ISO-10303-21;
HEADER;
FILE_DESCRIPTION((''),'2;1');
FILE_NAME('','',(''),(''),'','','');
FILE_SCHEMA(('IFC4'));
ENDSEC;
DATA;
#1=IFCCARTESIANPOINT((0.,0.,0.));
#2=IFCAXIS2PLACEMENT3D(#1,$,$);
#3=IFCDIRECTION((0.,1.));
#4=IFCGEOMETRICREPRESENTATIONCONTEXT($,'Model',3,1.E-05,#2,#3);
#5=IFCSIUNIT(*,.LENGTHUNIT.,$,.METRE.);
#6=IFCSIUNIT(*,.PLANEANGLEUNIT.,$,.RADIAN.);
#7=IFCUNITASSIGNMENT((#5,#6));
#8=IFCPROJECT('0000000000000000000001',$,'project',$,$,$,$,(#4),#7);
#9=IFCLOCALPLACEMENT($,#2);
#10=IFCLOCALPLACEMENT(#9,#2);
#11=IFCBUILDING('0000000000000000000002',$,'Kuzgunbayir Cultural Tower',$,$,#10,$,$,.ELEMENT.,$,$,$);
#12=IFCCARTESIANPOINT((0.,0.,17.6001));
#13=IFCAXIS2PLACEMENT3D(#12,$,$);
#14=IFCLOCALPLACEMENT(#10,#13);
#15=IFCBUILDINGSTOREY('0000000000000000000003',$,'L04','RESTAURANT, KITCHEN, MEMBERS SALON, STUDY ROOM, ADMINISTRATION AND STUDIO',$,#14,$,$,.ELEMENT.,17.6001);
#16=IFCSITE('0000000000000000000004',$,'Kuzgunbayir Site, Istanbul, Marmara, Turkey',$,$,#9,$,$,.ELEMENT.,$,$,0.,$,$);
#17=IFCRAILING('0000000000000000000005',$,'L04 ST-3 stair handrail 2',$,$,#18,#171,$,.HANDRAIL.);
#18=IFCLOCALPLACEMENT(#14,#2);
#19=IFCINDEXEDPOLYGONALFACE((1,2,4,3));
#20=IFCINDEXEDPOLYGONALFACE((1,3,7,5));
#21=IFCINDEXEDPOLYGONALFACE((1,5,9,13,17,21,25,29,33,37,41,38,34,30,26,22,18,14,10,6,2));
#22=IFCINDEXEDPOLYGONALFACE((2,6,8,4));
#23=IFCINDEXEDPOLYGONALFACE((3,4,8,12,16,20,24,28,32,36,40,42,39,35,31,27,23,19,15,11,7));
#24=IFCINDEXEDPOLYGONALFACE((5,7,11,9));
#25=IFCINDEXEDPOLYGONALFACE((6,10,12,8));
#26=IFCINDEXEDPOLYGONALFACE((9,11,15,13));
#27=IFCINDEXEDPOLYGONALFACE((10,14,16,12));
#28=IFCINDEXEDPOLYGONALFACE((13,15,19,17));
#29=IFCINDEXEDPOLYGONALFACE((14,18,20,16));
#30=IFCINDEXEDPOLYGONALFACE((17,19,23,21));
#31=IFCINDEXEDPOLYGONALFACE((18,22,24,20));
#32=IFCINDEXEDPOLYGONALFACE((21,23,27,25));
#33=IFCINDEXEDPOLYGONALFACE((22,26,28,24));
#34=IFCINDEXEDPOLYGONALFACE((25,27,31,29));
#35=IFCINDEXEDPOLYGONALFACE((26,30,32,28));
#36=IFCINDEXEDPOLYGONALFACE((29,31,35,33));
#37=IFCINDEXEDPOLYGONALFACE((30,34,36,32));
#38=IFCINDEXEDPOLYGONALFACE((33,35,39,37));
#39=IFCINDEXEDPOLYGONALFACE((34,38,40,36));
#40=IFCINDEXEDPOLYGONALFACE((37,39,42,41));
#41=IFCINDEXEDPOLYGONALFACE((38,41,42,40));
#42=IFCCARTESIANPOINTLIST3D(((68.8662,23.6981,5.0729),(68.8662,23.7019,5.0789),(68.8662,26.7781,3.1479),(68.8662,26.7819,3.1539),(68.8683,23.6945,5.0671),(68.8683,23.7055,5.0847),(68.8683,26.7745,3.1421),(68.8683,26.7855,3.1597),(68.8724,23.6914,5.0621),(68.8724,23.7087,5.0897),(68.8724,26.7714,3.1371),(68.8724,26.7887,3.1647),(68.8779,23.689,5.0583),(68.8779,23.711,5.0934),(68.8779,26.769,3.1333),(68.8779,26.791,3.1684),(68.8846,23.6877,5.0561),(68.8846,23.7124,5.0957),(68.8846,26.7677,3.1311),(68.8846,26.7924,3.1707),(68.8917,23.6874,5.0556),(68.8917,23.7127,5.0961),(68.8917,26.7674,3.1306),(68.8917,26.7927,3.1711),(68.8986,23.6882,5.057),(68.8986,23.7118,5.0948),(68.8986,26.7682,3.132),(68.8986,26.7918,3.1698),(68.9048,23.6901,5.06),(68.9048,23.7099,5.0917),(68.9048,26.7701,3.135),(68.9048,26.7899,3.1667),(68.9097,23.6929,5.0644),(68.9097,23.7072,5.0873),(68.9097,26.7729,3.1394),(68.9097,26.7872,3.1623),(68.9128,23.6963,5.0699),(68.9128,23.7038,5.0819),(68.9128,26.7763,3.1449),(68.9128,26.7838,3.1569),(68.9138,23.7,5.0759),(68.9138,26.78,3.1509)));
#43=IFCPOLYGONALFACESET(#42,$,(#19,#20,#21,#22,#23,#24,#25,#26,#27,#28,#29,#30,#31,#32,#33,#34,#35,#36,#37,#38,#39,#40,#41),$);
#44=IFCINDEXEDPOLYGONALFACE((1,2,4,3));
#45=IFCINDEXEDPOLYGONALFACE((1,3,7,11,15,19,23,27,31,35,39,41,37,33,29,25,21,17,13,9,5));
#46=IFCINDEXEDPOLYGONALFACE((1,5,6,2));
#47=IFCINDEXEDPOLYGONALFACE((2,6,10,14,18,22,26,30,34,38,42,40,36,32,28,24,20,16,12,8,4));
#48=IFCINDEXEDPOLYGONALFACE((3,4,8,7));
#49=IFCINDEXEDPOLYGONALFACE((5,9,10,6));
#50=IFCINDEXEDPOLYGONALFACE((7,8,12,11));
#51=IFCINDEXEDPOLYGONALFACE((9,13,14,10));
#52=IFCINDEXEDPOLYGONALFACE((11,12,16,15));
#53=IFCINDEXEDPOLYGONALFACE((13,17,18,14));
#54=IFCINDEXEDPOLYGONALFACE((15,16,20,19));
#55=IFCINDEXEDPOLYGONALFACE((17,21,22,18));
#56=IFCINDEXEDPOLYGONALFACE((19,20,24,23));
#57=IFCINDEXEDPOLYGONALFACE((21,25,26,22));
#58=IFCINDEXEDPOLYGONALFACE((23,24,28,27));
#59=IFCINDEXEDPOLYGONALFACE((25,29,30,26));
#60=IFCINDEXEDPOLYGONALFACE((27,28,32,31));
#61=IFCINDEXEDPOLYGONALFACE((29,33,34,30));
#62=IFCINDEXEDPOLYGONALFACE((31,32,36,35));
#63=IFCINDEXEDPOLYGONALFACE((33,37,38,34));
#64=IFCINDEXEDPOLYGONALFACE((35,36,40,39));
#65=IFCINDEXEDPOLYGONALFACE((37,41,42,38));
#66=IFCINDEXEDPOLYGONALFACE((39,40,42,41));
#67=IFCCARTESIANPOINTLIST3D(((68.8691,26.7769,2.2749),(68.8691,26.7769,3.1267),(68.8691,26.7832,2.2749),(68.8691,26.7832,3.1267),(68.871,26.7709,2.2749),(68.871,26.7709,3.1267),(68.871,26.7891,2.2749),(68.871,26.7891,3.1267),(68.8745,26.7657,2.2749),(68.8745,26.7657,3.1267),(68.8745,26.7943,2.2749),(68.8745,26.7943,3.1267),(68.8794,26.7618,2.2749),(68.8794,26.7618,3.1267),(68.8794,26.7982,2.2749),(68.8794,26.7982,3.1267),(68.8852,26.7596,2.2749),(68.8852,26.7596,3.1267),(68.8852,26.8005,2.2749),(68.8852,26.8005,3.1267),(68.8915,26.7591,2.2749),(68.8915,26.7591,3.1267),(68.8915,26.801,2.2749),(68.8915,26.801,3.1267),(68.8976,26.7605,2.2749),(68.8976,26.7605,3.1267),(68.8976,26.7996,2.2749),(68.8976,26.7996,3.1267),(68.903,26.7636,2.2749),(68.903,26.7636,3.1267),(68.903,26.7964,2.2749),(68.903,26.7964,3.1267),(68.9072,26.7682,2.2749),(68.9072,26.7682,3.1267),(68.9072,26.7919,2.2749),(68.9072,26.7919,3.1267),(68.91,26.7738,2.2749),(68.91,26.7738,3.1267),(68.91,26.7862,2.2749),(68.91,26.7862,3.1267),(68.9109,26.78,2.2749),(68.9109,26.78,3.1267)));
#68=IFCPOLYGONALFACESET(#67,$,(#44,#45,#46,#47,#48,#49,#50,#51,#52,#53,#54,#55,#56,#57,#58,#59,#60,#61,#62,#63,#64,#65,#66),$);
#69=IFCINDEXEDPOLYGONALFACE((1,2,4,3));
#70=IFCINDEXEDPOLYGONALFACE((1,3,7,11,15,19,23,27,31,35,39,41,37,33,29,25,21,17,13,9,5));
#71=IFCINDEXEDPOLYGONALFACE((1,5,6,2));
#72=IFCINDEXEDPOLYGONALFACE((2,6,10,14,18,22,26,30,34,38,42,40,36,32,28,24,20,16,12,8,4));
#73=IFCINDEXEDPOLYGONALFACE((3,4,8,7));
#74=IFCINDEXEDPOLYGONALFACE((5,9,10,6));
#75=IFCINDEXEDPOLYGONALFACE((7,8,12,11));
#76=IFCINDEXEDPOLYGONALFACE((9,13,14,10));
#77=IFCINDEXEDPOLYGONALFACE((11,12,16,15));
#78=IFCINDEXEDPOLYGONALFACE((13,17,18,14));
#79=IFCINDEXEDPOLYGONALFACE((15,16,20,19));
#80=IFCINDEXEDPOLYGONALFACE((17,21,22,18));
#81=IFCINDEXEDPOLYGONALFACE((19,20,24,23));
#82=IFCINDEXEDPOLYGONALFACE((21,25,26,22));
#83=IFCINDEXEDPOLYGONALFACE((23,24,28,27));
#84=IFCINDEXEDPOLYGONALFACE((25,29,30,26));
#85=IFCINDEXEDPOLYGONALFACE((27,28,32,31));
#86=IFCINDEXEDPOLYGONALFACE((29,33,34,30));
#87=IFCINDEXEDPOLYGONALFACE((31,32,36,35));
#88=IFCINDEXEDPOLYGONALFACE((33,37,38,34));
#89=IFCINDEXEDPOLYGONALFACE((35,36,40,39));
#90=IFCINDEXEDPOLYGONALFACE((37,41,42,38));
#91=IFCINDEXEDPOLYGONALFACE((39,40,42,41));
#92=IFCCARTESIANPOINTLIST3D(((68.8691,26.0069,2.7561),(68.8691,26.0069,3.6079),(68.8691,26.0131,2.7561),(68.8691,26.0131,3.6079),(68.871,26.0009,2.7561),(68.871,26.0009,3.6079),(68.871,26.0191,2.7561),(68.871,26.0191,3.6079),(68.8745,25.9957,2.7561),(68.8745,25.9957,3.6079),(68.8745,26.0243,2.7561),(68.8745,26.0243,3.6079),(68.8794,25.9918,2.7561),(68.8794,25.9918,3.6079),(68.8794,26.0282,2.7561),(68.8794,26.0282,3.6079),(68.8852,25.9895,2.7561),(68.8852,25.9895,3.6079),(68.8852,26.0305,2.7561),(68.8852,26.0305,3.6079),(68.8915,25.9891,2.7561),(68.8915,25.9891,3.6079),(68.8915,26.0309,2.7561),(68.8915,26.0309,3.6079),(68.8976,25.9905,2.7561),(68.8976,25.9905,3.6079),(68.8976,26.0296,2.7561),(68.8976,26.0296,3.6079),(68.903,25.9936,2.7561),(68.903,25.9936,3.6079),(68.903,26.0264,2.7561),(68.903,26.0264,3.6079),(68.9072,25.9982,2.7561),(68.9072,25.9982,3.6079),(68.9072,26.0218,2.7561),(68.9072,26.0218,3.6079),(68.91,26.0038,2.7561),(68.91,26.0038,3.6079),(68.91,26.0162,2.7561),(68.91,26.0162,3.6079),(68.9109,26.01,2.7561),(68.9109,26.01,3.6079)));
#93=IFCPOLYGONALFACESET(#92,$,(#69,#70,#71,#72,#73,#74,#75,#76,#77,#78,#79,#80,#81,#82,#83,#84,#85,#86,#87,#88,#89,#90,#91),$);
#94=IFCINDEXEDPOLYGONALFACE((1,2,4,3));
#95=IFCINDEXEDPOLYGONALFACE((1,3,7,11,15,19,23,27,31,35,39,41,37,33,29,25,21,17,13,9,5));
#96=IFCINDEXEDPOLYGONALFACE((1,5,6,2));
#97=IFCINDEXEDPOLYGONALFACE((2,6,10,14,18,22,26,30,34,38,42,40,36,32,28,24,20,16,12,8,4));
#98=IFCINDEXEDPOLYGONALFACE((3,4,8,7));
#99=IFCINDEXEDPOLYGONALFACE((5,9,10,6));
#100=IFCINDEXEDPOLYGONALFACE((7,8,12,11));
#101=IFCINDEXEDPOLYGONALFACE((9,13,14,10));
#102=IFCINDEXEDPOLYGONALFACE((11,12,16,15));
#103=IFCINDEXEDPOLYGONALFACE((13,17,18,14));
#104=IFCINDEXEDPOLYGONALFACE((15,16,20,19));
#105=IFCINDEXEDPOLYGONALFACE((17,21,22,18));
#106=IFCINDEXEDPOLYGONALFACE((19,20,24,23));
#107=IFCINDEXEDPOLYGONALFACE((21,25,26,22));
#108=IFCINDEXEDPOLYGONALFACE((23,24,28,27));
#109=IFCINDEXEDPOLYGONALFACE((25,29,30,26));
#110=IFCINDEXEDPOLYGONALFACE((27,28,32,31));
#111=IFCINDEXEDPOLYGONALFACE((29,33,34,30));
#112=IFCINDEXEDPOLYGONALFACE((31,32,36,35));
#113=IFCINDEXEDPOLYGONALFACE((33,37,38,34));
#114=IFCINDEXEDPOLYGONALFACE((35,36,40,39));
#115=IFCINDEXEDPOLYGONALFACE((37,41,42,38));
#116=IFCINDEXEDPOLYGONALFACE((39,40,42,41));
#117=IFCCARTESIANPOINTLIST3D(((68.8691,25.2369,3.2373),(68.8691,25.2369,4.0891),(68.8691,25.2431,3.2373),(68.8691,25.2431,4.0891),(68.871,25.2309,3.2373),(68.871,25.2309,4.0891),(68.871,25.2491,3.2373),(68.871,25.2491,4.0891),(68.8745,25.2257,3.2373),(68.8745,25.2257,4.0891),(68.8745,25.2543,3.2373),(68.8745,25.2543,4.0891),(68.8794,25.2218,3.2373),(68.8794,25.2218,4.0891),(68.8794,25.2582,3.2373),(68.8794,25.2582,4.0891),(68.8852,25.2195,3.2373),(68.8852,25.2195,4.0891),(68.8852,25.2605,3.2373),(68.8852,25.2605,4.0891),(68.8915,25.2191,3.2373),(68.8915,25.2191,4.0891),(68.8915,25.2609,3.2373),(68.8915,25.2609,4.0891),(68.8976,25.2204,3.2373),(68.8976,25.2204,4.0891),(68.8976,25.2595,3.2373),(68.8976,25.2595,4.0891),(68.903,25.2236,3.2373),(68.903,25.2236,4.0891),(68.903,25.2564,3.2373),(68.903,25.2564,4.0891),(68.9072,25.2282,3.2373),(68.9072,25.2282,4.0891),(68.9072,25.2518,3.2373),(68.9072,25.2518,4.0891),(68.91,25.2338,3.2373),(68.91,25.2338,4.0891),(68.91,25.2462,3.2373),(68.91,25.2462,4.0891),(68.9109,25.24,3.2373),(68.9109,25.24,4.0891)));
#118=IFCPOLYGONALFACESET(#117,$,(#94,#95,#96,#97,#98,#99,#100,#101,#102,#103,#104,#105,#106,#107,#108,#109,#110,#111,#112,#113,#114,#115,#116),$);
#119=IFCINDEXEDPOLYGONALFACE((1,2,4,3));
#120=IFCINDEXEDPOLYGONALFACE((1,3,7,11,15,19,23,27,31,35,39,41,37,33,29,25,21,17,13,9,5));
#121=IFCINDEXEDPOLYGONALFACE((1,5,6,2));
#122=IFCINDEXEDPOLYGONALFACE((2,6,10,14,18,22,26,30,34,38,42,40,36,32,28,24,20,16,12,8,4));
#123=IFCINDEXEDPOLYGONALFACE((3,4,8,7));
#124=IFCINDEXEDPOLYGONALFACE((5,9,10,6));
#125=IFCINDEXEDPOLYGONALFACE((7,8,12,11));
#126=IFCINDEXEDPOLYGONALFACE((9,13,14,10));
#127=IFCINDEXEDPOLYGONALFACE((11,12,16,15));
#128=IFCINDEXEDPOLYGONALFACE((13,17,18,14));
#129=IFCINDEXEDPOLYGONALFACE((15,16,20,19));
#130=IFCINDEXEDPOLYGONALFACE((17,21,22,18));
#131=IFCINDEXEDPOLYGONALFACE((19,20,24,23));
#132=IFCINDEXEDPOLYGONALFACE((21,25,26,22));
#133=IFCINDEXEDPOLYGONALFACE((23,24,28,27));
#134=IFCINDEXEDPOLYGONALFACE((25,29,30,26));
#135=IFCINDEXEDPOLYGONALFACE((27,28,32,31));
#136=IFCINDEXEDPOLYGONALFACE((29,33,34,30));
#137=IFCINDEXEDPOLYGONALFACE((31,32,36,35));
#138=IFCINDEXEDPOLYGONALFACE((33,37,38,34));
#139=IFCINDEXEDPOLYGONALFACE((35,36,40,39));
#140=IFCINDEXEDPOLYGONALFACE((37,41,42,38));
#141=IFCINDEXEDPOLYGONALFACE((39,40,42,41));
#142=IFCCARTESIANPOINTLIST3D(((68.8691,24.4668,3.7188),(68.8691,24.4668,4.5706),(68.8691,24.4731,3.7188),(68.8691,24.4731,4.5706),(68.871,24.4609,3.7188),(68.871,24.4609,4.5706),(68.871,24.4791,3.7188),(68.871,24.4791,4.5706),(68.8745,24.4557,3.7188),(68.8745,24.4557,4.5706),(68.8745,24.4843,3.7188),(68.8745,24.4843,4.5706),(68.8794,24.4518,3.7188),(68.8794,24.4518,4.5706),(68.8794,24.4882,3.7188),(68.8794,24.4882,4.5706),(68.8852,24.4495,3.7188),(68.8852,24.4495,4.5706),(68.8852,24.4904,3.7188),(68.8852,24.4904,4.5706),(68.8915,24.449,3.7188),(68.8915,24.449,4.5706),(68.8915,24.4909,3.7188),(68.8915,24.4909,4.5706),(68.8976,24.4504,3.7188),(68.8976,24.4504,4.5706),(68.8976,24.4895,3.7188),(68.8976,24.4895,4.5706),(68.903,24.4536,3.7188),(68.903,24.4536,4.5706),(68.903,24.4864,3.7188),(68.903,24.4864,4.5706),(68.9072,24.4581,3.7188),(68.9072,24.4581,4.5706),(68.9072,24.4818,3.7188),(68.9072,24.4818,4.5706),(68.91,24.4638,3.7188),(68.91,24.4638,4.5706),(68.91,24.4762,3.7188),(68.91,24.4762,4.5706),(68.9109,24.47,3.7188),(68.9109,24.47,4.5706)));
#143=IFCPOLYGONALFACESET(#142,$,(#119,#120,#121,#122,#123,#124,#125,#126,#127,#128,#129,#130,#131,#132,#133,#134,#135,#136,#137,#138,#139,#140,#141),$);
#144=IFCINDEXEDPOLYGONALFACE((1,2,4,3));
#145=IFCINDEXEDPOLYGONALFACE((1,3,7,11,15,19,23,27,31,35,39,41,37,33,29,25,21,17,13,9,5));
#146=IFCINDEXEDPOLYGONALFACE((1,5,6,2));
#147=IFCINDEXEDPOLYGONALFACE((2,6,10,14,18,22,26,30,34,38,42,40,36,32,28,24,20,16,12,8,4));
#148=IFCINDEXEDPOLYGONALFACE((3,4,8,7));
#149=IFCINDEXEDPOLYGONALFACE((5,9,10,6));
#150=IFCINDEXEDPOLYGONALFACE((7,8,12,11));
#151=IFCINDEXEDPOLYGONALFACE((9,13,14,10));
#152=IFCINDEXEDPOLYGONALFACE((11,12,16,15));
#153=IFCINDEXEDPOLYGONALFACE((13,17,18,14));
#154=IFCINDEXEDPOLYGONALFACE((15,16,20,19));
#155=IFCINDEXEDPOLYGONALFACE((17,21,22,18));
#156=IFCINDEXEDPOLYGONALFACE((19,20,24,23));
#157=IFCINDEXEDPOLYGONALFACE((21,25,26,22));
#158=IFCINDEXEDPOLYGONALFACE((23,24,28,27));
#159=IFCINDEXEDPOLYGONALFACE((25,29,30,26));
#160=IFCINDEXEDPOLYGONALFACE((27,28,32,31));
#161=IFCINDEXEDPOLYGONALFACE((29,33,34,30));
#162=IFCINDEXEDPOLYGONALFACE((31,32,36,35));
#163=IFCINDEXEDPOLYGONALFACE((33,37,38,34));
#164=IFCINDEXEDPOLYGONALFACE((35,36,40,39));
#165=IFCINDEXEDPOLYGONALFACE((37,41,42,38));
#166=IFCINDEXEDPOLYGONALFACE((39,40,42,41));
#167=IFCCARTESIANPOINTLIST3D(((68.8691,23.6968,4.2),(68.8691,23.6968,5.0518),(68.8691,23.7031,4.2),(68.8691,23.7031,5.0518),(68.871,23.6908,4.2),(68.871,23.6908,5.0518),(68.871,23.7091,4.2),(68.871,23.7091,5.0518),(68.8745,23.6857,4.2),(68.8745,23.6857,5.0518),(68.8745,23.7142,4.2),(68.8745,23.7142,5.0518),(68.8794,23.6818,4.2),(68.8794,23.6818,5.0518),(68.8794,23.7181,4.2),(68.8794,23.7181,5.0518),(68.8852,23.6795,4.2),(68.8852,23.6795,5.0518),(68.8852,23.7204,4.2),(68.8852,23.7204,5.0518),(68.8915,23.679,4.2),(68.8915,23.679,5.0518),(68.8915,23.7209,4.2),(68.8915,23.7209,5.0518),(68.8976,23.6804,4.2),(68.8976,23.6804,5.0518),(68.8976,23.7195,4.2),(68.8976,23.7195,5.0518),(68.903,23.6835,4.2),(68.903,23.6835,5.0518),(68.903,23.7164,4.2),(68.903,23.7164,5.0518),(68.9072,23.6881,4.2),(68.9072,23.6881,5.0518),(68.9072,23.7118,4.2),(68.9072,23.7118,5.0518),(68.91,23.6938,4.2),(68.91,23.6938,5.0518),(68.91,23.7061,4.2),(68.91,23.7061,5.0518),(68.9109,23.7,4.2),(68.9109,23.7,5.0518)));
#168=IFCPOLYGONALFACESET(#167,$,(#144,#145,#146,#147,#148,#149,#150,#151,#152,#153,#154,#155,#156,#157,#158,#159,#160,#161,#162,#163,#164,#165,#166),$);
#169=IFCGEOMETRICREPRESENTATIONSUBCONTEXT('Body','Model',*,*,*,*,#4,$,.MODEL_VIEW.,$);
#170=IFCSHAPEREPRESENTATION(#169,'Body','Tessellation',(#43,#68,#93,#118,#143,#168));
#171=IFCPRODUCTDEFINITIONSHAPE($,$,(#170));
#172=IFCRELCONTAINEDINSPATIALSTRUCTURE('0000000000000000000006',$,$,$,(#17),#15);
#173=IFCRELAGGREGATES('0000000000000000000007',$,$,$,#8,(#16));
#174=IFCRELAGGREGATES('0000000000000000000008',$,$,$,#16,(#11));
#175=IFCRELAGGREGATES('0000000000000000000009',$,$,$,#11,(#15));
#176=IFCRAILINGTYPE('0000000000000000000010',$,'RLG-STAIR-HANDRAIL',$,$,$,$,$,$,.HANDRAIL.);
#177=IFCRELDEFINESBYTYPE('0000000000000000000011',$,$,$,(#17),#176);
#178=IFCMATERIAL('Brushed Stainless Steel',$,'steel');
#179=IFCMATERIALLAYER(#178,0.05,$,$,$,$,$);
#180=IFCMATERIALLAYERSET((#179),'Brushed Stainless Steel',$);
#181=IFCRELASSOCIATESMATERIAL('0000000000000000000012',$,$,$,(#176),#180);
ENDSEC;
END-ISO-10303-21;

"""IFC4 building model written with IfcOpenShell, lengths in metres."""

from ifc_helpers import new_model, si_unit, direction, frame, origin, origin_2d, place, context, subcontext, project, spatial, circle, extrude, material, layer, layer_set, type_object, element, save


model = new_model("IFC4")

# Units and contexts
model_context = context("Model", 3, precision=1e-05, world=origin(), true_north=direction((0.0, 1.0)))
body_context = subcontext(model_context, "Body", "Model", "MODEL_VIEW")
ifc_project = project(units=[si_unit("LENGTHUNIT", "METRE"), si_unit("PLANEANGLEUNIT", "RADIAN")], contexts=[model_context])

# Site, building, storey
site_placement = place(None, origin())
site = spatial("IfcSite", under=ifc_project, at=site_placement, Name="Kuzgunbayir Site, Istanbul, Marmara, Turkey", CompositionType="ELEMENT", RefElevation=0.0)
building_placement = place(site_placement, origin())
building = spatial("IfcBuilding", under=site, at=building_placement, Name="Kuzgunbayir Cultural Tower", CompositionType="ELEMENT")
storey_placement = place(building_placement, frame((0.0, 0.0, 17.6001)))
storey = spatial("IfcBuildingStorey", under=building, at=storey_placement, Name="L04", Description="RESTAURANT, KITCHEN, MEMBERS SALON, STUDY ROOM, ADMINISTRATION AND STUDIO", CompositionType="ELEMENT", Elevation=17.6001)

# Shared definitions
ifc_material_1 = material(Name="Brushed Stainless Steel", Category="steel")

# Railing
ifc_layer_1 = layer(ifc_material_1, 0.05)
ifc_layer_set_1 = layer_set([ifc_layer_1], Name="Brushed Stainless Steel")
railing_type_1 = type_object("IfcRailingType", Name="RLG-STAIR-HANDRAIL", PredefinedType="HANDRAIL", material=ifc_layer_set_1)
railing_1_placement = place(storey_placement, frame((68.8899, 26.78, 2.2749)))
element("IfcRailing", 1, at=railing_1_placement, inside=storey, type_object=railing_type_1, Name="L04 ST-3 stair handrail 2", PredefinedType="HANDRAIL", context=body_context, shape_type="SweptSolid", body=[
    extrude(circle(Radius=0.0239, at=origin_2d()), frame((0.0, 0.0, 0.876), z_axis=(0.0, -0.847998, 0.529999), x_axis=(1.0, 0.0, 0.0)), (0.0, 0.0, 1.0), 3.6321),
    extrude(circle(Radius=0.021, at=origin_2d()), origin(), (0.0, 0.0, 1.0), 0.8518),
    extrude(circle(Radius=0.021, at=origin_2d()), frame((0.0, -0.77, 0.4812)), (0.0, 0.0, 1.0), 0.8518),
    extrude(circle(Radius=0.021, at=origin_2d()), frame((0.0, -1.54, 0.9624)), (0.0, 0.0, 1.0), 0.8518),
    extrude(circle(Radius=0.021, at=origin_2d()), frame((0.0, -2.3101, 1.4438)), (0.0, 0.0, 1.0), 0.8518),
    extrude(circle(Radius=0.021, at=origin_2d()), frame((0.0, -3.0801, 1.925)), (0.0, 0.0, 1.0), 0.8518),
])

save(model, "model.ifc")
